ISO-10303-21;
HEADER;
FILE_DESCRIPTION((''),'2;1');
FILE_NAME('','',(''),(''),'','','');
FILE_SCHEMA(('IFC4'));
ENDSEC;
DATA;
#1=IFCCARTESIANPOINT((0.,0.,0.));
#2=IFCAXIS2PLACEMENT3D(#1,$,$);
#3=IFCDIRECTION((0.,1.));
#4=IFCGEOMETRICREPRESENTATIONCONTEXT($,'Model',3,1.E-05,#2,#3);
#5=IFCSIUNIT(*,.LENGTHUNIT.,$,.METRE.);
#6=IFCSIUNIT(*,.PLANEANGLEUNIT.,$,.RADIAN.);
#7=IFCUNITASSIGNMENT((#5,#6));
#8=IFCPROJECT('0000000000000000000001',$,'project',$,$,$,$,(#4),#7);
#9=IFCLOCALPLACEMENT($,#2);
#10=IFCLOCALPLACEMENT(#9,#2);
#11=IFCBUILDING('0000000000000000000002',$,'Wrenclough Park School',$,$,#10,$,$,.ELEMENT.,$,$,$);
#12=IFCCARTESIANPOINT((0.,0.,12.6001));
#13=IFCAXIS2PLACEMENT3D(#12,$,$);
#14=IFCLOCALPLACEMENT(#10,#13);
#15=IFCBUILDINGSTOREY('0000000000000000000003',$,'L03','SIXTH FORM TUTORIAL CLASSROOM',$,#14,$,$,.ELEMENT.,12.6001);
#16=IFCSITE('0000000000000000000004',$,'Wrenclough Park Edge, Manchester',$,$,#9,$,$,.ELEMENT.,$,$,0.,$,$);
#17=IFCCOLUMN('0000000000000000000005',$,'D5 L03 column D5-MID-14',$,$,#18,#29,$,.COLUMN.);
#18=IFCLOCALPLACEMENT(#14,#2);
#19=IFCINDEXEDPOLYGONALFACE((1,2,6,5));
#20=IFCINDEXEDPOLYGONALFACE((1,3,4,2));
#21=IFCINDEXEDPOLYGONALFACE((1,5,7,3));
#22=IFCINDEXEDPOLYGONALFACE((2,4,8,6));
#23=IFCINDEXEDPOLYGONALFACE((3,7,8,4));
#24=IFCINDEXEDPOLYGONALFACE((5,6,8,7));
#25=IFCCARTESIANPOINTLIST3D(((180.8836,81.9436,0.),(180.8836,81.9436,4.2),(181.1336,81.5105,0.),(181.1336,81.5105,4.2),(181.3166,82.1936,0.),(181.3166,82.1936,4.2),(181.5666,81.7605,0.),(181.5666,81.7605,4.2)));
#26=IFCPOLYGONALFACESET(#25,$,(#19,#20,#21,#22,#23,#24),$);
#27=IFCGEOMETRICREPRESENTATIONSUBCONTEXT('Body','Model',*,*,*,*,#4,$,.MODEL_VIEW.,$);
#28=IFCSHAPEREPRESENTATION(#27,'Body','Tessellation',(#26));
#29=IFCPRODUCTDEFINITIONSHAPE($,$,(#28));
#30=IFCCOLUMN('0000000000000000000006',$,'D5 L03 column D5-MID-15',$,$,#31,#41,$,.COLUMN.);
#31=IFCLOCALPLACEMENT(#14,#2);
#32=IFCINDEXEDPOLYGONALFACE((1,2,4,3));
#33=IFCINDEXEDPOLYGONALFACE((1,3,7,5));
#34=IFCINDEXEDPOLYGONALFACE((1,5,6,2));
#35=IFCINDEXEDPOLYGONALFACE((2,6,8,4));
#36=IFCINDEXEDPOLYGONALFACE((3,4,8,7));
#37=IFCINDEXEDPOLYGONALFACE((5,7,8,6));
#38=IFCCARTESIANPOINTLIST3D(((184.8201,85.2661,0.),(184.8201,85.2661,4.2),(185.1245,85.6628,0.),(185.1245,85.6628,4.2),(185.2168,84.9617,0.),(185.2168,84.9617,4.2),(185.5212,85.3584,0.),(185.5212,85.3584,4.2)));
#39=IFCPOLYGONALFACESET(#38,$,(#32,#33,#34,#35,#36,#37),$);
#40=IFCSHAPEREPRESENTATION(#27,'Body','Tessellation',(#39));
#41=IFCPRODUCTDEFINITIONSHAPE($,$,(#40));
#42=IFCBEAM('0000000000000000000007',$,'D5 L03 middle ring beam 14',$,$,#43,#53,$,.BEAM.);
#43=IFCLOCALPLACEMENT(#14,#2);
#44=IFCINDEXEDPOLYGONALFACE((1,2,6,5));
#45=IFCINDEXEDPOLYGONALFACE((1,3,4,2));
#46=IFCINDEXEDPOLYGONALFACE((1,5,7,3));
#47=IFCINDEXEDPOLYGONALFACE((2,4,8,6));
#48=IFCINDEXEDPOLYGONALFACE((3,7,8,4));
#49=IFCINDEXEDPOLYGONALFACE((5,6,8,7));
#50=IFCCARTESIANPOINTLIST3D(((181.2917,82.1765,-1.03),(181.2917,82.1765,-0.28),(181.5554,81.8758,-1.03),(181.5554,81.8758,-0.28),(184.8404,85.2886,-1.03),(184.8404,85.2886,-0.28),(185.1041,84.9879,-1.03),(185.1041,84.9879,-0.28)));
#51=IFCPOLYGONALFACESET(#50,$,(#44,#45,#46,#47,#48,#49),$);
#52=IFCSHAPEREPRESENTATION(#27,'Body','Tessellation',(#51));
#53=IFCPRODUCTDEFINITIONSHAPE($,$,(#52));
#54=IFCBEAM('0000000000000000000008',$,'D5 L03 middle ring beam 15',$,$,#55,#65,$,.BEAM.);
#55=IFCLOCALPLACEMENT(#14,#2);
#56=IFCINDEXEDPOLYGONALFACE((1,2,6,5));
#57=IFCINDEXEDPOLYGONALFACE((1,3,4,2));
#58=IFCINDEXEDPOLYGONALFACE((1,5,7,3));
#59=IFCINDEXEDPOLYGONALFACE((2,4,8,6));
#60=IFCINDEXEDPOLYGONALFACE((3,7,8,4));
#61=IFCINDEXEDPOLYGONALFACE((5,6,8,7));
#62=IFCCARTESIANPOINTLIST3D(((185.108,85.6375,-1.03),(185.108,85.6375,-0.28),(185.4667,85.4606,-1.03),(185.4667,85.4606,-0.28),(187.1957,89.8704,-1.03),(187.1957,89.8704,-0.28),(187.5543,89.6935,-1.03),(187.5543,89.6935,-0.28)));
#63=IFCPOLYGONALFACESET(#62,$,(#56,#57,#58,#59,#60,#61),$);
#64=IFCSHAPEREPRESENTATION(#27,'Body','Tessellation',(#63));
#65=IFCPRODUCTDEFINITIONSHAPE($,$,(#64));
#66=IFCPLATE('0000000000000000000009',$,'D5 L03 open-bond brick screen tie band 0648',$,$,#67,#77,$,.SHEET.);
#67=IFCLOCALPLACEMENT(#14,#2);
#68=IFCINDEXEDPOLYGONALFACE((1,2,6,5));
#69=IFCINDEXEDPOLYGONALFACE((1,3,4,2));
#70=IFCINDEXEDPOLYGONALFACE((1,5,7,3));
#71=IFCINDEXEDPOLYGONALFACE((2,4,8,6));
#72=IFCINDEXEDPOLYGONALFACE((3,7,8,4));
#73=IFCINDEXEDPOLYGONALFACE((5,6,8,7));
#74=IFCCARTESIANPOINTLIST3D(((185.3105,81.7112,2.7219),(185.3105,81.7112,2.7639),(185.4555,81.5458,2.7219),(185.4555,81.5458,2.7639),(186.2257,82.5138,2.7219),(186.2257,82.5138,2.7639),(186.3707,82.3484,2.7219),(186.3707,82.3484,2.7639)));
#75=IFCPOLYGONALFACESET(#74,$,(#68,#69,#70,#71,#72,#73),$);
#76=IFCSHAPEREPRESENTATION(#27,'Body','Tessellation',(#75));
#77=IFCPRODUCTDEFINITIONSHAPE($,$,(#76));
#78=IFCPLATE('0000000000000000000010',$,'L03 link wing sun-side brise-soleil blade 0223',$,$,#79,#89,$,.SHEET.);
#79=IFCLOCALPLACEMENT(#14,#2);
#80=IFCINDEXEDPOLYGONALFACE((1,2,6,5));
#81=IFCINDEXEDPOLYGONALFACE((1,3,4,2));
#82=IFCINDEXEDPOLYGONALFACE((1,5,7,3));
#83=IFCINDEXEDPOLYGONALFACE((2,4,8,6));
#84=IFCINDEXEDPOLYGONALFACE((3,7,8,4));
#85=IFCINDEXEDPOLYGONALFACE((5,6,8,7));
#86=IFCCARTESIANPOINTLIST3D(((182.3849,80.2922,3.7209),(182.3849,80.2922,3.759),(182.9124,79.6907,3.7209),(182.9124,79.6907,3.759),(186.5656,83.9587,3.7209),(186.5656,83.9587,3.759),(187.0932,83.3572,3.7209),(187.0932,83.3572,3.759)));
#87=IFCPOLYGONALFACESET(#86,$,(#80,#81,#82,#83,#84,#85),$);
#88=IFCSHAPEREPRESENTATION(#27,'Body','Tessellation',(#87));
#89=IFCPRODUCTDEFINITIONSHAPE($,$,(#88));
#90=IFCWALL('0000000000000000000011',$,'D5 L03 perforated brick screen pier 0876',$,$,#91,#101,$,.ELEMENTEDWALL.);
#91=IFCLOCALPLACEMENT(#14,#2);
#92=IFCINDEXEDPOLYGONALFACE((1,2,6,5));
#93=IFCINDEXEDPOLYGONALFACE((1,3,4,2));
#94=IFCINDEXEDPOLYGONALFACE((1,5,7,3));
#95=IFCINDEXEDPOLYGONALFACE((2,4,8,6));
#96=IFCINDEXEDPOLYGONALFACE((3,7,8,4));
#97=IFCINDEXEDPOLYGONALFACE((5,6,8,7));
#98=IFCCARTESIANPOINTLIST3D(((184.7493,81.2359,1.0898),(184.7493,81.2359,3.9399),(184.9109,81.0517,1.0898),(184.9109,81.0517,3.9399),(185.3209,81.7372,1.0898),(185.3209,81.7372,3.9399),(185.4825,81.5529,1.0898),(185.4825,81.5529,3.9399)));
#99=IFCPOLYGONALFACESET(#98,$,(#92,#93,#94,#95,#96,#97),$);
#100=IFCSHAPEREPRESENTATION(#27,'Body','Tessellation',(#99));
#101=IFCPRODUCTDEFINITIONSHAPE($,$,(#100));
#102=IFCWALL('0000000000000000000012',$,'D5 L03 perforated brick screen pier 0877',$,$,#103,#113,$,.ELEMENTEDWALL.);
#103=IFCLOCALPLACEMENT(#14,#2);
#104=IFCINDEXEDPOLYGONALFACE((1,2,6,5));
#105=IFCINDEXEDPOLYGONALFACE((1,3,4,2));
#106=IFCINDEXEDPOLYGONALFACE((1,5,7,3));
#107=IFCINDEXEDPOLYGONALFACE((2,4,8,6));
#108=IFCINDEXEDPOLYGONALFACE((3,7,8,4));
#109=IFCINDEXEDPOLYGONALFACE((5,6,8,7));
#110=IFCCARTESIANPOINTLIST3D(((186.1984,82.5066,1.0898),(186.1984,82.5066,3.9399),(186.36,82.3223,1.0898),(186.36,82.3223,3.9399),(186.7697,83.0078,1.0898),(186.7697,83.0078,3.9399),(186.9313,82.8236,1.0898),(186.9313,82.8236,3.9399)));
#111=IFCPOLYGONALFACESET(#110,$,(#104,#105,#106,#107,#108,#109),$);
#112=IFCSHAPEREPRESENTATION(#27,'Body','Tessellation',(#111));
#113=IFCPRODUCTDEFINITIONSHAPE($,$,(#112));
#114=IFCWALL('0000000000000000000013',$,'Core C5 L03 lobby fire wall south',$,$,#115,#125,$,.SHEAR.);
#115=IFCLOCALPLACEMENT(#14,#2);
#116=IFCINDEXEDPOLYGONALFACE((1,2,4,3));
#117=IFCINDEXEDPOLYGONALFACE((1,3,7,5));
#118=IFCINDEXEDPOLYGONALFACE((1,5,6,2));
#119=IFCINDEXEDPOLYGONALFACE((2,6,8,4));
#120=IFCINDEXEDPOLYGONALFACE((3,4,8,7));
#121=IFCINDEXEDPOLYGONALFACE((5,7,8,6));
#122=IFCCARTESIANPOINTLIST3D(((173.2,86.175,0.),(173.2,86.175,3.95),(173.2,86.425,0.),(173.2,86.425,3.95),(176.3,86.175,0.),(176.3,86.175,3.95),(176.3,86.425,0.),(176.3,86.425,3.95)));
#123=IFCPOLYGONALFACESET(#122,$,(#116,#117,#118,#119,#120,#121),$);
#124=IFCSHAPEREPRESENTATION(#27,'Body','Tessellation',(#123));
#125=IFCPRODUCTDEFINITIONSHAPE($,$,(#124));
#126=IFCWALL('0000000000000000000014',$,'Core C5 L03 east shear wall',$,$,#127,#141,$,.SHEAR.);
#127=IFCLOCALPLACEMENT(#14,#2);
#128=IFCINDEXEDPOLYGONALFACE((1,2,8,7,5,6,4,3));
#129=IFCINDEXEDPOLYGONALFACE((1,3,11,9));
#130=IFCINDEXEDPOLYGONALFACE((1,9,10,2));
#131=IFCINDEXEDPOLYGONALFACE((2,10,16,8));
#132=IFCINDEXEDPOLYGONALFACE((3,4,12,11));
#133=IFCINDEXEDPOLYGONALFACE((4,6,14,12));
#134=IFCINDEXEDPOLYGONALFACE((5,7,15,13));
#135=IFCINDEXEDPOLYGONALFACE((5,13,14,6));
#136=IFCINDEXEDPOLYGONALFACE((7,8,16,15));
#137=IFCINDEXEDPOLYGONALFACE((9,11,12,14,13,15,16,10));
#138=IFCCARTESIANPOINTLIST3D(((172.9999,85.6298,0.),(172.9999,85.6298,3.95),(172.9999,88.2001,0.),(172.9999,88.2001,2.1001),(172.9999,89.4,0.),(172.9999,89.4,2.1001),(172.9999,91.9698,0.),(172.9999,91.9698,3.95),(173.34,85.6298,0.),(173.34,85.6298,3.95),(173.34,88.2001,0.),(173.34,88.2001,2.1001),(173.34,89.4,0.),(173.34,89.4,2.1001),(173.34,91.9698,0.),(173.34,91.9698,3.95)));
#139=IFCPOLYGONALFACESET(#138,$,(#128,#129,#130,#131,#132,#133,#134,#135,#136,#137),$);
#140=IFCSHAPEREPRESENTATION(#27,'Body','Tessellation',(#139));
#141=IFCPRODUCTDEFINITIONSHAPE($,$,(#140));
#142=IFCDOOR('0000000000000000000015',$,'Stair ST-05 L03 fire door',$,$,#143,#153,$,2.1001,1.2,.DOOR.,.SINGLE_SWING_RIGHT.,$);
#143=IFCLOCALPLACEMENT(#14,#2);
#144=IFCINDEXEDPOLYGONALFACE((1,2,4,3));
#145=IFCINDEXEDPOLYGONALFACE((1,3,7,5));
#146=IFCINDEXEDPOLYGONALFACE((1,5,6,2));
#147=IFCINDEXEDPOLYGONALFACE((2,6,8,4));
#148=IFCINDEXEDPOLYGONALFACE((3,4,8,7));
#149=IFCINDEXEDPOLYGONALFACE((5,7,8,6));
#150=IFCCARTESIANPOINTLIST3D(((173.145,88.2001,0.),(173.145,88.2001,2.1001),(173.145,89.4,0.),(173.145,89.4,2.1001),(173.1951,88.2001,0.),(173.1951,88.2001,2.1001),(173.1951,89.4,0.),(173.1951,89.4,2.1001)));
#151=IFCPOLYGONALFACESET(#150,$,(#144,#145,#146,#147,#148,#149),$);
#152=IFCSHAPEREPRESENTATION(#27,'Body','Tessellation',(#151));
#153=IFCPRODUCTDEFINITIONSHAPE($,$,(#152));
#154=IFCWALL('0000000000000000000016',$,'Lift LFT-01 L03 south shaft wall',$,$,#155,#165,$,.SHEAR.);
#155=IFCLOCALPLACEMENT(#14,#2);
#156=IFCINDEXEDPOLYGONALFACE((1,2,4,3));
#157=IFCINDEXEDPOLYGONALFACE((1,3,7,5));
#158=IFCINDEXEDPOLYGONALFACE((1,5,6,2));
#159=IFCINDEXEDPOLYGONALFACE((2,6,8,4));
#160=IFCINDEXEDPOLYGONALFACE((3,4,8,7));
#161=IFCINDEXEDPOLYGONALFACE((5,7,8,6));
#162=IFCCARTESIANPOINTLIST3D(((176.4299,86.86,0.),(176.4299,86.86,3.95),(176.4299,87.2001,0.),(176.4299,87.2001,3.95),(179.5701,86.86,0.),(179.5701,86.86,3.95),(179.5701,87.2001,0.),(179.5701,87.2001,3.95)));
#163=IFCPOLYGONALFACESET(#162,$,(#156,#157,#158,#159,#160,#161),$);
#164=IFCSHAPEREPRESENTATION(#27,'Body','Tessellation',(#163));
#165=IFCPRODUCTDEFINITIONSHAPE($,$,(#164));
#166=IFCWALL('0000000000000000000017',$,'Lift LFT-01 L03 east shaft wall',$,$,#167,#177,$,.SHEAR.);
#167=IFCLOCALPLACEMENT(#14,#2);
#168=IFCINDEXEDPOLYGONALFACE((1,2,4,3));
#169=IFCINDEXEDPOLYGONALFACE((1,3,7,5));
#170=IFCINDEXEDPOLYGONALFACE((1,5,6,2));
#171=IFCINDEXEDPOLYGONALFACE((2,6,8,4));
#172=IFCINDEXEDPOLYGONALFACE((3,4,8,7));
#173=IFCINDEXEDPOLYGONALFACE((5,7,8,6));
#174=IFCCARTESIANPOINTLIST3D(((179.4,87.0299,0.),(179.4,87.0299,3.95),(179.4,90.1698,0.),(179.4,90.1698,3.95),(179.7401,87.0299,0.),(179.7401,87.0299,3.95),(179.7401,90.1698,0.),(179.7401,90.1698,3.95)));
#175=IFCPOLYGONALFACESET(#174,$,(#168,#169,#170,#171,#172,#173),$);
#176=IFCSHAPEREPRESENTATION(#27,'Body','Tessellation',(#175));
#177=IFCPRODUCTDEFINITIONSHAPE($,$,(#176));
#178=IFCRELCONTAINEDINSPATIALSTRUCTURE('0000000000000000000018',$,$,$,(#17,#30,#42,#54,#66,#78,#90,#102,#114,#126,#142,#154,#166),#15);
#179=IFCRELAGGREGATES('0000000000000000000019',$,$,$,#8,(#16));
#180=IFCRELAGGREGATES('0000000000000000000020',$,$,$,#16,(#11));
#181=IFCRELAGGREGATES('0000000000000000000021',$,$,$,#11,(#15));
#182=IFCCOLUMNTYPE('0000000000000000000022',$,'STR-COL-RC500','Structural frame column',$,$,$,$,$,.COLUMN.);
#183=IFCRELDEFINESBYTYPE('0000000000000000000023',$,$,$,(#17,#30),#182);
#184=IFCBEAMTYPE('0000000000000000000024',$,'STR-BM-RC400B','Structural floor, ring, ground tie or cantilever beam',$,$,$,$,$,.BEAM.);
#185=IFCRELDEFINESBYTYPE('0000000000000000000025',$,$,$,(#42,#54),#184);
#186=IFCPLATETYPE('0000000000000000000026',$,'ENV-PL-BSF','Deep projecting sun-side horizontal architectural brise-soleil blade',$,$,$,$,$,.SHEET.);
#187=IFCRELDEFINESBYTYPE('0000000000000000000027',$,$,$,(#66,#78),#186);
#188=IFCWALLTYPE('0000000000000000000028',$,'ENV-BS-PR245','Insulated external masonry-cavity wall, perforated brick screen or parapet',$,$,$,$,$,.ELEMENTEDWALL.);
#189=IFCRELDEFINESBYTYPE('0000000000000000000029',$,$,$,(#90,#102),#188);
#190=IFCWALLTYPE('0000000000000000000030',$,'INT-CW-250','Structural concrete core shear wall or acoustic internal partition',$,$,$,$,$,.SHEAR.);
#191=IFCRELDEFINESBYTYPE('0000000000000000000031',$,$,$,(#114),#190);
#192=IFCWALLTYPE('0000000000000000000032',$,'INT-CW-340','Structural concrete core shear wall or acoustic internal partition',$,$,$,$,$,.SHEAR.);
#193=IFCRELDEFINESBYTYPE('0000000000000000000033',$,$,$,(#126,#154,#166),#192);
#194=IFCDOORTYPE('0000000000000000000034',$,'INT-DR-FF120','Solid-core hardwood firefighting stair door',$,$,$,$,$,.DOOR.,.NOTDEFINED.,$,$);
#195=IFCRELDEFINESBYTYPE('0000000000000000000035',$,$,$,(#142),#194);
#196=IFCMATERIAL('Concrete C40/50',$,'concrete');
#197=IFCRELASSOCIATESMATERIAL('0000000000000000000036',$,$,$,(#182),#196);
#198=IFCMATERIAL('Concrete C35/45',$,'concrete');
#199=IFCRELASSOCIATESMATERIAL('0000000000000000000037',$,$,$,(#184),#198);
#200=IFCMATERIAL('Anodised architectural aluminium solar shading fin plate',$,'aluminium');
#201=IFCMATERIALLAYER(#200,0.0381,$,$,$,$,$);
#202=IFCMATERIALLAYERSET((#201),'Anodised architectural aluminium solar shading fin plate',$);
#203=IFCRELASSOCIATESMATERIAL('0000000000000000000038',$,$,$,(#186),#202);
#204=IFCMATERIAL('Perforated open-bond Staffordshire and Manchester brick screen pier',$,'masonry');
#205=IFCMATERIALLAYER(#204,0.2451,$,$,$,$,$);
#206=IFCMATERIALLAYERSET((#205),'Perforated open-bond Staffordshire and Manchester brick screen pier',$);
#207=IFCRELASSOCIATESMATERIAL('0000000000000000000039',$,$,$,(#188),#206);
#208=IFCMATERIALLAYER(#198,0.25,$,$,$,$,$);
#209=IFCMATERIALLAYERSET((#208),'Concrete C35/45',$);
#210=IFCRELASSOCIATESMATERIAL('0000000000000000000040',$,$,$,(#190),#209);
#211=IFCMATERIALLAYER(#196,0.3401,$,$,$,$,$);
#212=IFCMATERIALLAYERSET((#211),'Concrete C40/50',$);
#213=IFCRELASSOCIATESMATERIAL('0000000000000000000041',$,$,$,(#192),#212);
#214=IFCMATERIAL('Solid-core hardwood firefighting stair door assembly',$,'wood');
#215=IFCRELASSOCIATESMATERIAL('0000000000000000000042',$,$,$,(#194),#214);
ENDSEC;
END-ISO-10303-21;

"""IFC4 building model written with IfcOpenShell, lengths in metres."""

from ifc_helpers import new_model, si_unit, direction, frame, frame_2d, origin, origin_2d, place, context, subcontext, project, spatial, rectangle, extrude, material, layer, layer_set, material_profile, profile_set, type_object, element, fill, save


model = new_model("IFC4")

# Units and contexts
model_context = context("Model", 3, precision=1e-05, world=origin(), true_north=direction((0.0, 1.0)))
body_context = subcontext(model_context, "Body", "Model", "MODEL_VIEW")
ifc_project = project(units=[si_unit("LENGTHUNIT", "METRE"), si_unit("PLANEANGLEUNIT", "RADIAN")], contexts=[model_context])

# Site, building, storey
site_placement = place(None, origin())
site = spatial("IfcSite", under=ifc_project, at=site_placement, Name="Wrenclough Park Edge, Manchester", CompositionType="ELEMENT", RefElevation=0.0)
building_placement = place(site_placement, origin())
building = spatial("IfcBuilding", under=site, at=building_placement, Name="Wrenclough Park School", CompositionType="ELEMENT")
storey_placement = place(building_placement, frame((0.0, 0.0, 12.6001)))
storey = spatial("IfcBuildingStorey", under=building, at=storey_placement, Name="L03", Description="SIXTH FORM TUTORIAL CLASSROOM", CompositionType="ELEMENT", Elevation=12.6001)

# Columns
ifc_material_1 = material(Name="Concrete C40/50", Category="concrete")
ifc_material_profile_1 = material_profile(ifc_material_1, rectangle(XDim=0.5, YDim=0.5, at=origin_2d()), Name="RC COL 500x500")
ifc_profile_set_1 = profile_set([ifc_material_profile_1], Name="Concrete C40/50")
column_type = type_object("IfcColumnType", Name="STR-COL-RC500", Description="Structural frame column", PredefinedType="COLUMN", material=ifc_profile_set_1)
for number, where, z_axis, x_axis, name in (
    (1, (181.2251, 81.8521, 0.0), (0.0, 0.0, 1.0), (0.866025, 0.5, 0.0), "D5 L03 column D5-MID-14"),
    (2, (185.1707, 85.3123, 0.0), (0.0, 0.0, 1.0), (0.608761, 0.793353, 0.0), "D5 L03 column D5-MID-15"),
):
    element("IfcColumn", number, at=place(storey_placement, frame(where, z_axis=z_axis, x_axis=x_axis)), inside=storey, type_object=column_type, Name=name, PredefinedType="COLUMN", context=body_context, shape_type="SweptSolid", body=[
        extrude(rectangle(XDim=0.5, YDim=0.5, at=origin_2d()), origin(), (0.0, 0.0, 1.0), 4.2),
    ])

# Beams
ifc_material_2 = material(Name="Concrete C35/45", Category="concrete")
ifc_material_profile_2 = material_profile(ifc_material_2, rectangle(XDim=0.3999, YDim=0.75, at=origin_2d()), Name="RC BEAM 400x750")
ifc_profile_set_2 = profile_set([ifc_material_profile_2], Name="Concrete C35/45")
beam_type = type_object("IfcBeamType", Name="STR-BM-RC400B", Description="Structural floor, ring, ground tie or cantilever beam", PredefinedType="BEAM", material=ifc_profile_set_2)
beam_1_placement = place(storey_placement, frame((181.4236, 82.0261, -0.655), z_axis=(0.751836, 0.65935, 0.0), x_axis=(-0.65935, 0.751836, 0.0)))
element("IfcBeam", 3, at=beam_1_placement, inside=storey, type_object=beam_type, Name="D5 L03 middle ring beam 14", PredefinedType="BEAM", context=body_context, shape_type="SweptSolid", body=[
    extrude(rectangle(XDim=0.3999, YDim=0.75, at=origin_2d()), origin(), (0.0, 0.0, 1.0), 4.72),
])
beam_2_placement = place(storey_placement, frame((185.2874, 85.5491, -0.655), z_axis=(0.442324, 0.896855, 0.0), x_axis=(-0.896855, 0.442324, 0.0)))
element("IfcBeam", 4, at=beam_2_placement, inside=storey, type_object=beam_type, Name="D5 L03 middle ring beam 15", PredefinedType="BEAM", context=body_context, shape_type="SweptSolid", body=[
    extrude(rectangle(XDim=0.3999, YDim=0.75, at=origin_2d()), origin(), (0.0, 0.0, 1.0), 4.7197),
])

# Plates
ifc_material_3 = material(Name="Anodised architectural aluminium solar shading fin plate", Category="aluminium")
ifc_layer_1 = layer(ifc_material_3, 0.0381)
ifc_layer_set_1 = layer_set([ifc_layer_1], Name="Anodised architectural aluminium solar shading fin plate")
plate_type = type_object("IfcPlateType", Name="ENV-PL-BSF", Description="Deep projecting sun-side horizontal architectural brise-soleil blade", PredefinedType="SHEET", material=ifc_layer_set_1)
plate_1_placement = place(storey_placement, frame((185.8406, 82.0298, 2.7219), z_axis=(0.0, 0.0, 1.0), x_axis=(0.751839, 0.659347, 0.0)))
element("IfcPlate", 5, at=plate_1_placement, inside=storey, type_object=plate_type, Name="D5 L03 open-bond brick screen tie band 0648", PredefinedType="SHEET", context=body_context, shape_type="SweptSolid", body=[
    extrude(rectangle(XDim=1.2173, YDim=0.22, at=origin_2d()), origin(), (0.0, 0.0, 1.0), 0.042),
])
plate_2_placement = place(storey_placement, frame((184.739, 81.8247, 3.7209), z_axis=(0.0, 0.0, 1.0), x_axis=(-0.751828, -0.659359, 0.0)))
element("IfcPlate", 6, at=plate_2_placement, inside=storey, type_object=plate_type, Name="L03 link wing sun-side brise-soleil blade 0223", PredefinedType="SHEET", context=body_context, shape_type="SweptSolid", body=[
    extrude(rectangle(XDim=5.5608, YDim=0.8, at=origin_2d()), origin(), (0.0, 0.0, 1.0), 0.0381),
])

# Walls
ifc_material_4 = material(Name="Perforated open-bond Staffordshire and Manchester brick screen pier", Category="masonry")
ifc_layer_2 = layer(ifc_material_4, 0.2451)
ifc_layer_set_2 = layer_set([ifc_layer_2], Name="Perforated open-bond Staffordshire and Manchester brick screen pier")
wall_type_1 = type_object("IfcWallType", Name="ENV-BS-PR245", Description="Insulated external masonry-cavity wall, perforated brick screen or parapet", PredefinedType="ELEMENTEDWALL", material=ifc_layer_set_2)
wall_1_placement = place(storey_placement, frame((184.8301, 81.1438, 1.0898), z_axis=(0.0, 0.0, 1.0), x_axis=(0.75184, 0.659345, 0.0)))
element("IfcWall", 7, at=wall_1_placement, inside=storey, type_object=wall_type_1, Name="D5 L03 perforated brick screen pier 0876", PredefinedType="ELEMENTEDWALL", context=body_context, shape_type="SweptSolid", body=[
    extrude(rectangle(XDim=0.7603, YDim=0.2451, at=frame_2d((0.3801, 0.0))), origin(), (0.0, 0.0, 1.0), 2.8501),
])
wall_2_placement = place(storey_placement, frame((186.2793, 82.4146, 1.0898), z_axis=(0.0, 0.0, 1.0), x_axis=(0.7517, 0.659505, 0.0)))
element("IfcWall", 8, at=wall_2_placement, inside=storey, type_object=wall_type_1, Name="D5 L03 perforated brick screen pier 0877", PredefinedType="ELEMENTEDWALL", context=body_context, shape_type="SweptSolid", body=[
    extrude(rectangle(XDim=0.76, YDim=0.2451, at=frame_2d((0.3799, 0.0))), origin(), (0.0, 0.0, 1.0), 2.8501),
])
ifc_layer_3 = layer(ifc_material_2, 0.25)
ifc_layer_set_3 = layer_set([ifc_layer_3], Name="Concrete C35/45")
wall_type_2 = type_object("IfcWallType", Name="INT-CW-250", Description="Structural concrete core shear wall or acoustic internal partition", PredefinedType="SHEAR", material=ifc_layer_set_3)
wall_3_placement = place(storey_placement, frame((173.2, 86.3, 0.0), z_axis=(0.0, 0.0, 1.0), x_axis=(1.0, 0.0, 0.0)))
element("IfcWall", 9, at=wall_3_placement, inside=storey, type_object=wall_type_2, Name="Core C5 L03 lobby fire wall south", PredefinedType="SHEAR", context=body_context, shape_type="SweptSolid", body=[
    extrude(rectangle(XDim=3.1001, YDim=0.25, at=frame_2d((1.55, 0.0))), origin(), (0.0, 0.0, 1.0), 3.95),
])

# Wall, opening, door
ifc_layer_4 = layer(ifc_material_1, 0.3401)
ifc_layer_set_4 = layer_set([ifc_layer_4], Name="Concrete C40/50")
wall_type_3 = type_object("IfcWallType", Name="INT-CW-340", Description="Structural concrete core shear wall or acoustic internal partition", PredefinedType="SHEAR", material=ifc_layer_set_4)
wall_4_placement = place(storey_placement, frame((173.1699, 85.6299, 0.0), z_axis=(0.0, 0.0, 1.0), x_axis=(0.0, 1.0, 0.0)))
wall_4 = element("IfcWall", 10, at=wall_4_placement, inside=storey, type_object=wall_type_3, Name="Core C5 L03 east shear wall", PredefinedType="SHEAR", context=body_context, shape_type="SweptSolid", body=[
    extrude(rectangle(XDim=6.3401, YDim=0.3401, at=frame_2d((3.1699, 0.0))), origin(), (0.0, 0.0, 1.0), 3.95),
])
opening_1_placement = place(wall_4_placement, frame((2.5701, 0.0, 0.0)))
opening_1 = element("IfcOpeningElement", 11, at=opening_1_placement, cuts=wall_4, PredefinedType="OPENING", context=body_context, shape_type="SweptSolid", body=[
    extrude(rectangle(XDim=1.2, YDim=2.1001, at=frame_2d((0.6001, 1.05))), frame((0.0, 0.1799, 0.0), z_axis=(0.0, -1.0, 0.0), x_axis=(1.0, 0.0, 0.0)), (0.0, 0.0, 1.0), 0.3601),
])
ifc_material_5 = material(Name="Solid-core hardwood firefighting stair door assembly", Category="wood")
door_type_1 = type_object("IfcDoorType", Name="INT-DR-FF120", Description="Solid-core hardwood firefighting stair door", OperationType="NOTDEFINED", PredefinedType="DOOR", material=ifc_material_5)
door_1_placement = place(opening_1_placement, origin())
door_1 = element("IfcDoor", 12, at=door_1_placement, inside=storey, type_object=door_type_1, Name="Stair ST-05 L03 fire door", OperationType="SINGLE_SWING_RIGHT", OverallHeight=2.1001, OverallWidth=1.2, PredefinedType="DOOR", context=body_context, shape_type="SweptSolid", body=[
    extrude(rectangle(XDim=1.2, YDim=2.1001, at=frame_2d((0.6001, 1.05))), frame((0.0, 0.0249, 0.0), z_axis=(0.0, -1.0, 0.0), x_axis=(1.0, 0.0, 0.0)), (0.0, 0.0, 1.0), 0.05),
])
fill(opening_1, door_1)

# Walls
wall_5_placement = place(storey_placement, frame((176.4299, 87.03, 0.0), z_axis=(0.0, 0.0, 1.0), x_axis=(1.0, 0.0, 0.0)))
element("IfcWall", 13, at=wall_5_placement, inside=storey, type_object=wall_type_3, Name="Lift LFT-01 L03 south shaft wall", PredefinedType="SHEAR", context=body_context, shape_type="SweptSolid", body=[
    extrude(rectangle(XDim=3.1401, YDim=0.3401, at=frame_2d((1.5701, 0.0))), origin(), (0.0, 0.0, 1.0), 3.95),
])
wall_6_placement = place(storey_placement, frame((179.5701, 87.03, 0.0), z_axis=(0.0, 0.0, 1.0), x_axis=(0.0, 1.0, 0.0)))
element("IfcWall", 14, at=wall_6_placement, inside=storey, type_object=wall_type_3, Name="Lift LFT-01 L03 east shaft wall", PredefinedType="SHEAR", context=body_context, shape_type="SweptSolid", body=[
    extrude(rectangle(XDim=3.1399, YDim=0.3401, at=frame_2d((1.5698, 0.0))), origin(), (0.0, 0.0, 1.0), 3.95),
])

save(model, "model.ifc")
